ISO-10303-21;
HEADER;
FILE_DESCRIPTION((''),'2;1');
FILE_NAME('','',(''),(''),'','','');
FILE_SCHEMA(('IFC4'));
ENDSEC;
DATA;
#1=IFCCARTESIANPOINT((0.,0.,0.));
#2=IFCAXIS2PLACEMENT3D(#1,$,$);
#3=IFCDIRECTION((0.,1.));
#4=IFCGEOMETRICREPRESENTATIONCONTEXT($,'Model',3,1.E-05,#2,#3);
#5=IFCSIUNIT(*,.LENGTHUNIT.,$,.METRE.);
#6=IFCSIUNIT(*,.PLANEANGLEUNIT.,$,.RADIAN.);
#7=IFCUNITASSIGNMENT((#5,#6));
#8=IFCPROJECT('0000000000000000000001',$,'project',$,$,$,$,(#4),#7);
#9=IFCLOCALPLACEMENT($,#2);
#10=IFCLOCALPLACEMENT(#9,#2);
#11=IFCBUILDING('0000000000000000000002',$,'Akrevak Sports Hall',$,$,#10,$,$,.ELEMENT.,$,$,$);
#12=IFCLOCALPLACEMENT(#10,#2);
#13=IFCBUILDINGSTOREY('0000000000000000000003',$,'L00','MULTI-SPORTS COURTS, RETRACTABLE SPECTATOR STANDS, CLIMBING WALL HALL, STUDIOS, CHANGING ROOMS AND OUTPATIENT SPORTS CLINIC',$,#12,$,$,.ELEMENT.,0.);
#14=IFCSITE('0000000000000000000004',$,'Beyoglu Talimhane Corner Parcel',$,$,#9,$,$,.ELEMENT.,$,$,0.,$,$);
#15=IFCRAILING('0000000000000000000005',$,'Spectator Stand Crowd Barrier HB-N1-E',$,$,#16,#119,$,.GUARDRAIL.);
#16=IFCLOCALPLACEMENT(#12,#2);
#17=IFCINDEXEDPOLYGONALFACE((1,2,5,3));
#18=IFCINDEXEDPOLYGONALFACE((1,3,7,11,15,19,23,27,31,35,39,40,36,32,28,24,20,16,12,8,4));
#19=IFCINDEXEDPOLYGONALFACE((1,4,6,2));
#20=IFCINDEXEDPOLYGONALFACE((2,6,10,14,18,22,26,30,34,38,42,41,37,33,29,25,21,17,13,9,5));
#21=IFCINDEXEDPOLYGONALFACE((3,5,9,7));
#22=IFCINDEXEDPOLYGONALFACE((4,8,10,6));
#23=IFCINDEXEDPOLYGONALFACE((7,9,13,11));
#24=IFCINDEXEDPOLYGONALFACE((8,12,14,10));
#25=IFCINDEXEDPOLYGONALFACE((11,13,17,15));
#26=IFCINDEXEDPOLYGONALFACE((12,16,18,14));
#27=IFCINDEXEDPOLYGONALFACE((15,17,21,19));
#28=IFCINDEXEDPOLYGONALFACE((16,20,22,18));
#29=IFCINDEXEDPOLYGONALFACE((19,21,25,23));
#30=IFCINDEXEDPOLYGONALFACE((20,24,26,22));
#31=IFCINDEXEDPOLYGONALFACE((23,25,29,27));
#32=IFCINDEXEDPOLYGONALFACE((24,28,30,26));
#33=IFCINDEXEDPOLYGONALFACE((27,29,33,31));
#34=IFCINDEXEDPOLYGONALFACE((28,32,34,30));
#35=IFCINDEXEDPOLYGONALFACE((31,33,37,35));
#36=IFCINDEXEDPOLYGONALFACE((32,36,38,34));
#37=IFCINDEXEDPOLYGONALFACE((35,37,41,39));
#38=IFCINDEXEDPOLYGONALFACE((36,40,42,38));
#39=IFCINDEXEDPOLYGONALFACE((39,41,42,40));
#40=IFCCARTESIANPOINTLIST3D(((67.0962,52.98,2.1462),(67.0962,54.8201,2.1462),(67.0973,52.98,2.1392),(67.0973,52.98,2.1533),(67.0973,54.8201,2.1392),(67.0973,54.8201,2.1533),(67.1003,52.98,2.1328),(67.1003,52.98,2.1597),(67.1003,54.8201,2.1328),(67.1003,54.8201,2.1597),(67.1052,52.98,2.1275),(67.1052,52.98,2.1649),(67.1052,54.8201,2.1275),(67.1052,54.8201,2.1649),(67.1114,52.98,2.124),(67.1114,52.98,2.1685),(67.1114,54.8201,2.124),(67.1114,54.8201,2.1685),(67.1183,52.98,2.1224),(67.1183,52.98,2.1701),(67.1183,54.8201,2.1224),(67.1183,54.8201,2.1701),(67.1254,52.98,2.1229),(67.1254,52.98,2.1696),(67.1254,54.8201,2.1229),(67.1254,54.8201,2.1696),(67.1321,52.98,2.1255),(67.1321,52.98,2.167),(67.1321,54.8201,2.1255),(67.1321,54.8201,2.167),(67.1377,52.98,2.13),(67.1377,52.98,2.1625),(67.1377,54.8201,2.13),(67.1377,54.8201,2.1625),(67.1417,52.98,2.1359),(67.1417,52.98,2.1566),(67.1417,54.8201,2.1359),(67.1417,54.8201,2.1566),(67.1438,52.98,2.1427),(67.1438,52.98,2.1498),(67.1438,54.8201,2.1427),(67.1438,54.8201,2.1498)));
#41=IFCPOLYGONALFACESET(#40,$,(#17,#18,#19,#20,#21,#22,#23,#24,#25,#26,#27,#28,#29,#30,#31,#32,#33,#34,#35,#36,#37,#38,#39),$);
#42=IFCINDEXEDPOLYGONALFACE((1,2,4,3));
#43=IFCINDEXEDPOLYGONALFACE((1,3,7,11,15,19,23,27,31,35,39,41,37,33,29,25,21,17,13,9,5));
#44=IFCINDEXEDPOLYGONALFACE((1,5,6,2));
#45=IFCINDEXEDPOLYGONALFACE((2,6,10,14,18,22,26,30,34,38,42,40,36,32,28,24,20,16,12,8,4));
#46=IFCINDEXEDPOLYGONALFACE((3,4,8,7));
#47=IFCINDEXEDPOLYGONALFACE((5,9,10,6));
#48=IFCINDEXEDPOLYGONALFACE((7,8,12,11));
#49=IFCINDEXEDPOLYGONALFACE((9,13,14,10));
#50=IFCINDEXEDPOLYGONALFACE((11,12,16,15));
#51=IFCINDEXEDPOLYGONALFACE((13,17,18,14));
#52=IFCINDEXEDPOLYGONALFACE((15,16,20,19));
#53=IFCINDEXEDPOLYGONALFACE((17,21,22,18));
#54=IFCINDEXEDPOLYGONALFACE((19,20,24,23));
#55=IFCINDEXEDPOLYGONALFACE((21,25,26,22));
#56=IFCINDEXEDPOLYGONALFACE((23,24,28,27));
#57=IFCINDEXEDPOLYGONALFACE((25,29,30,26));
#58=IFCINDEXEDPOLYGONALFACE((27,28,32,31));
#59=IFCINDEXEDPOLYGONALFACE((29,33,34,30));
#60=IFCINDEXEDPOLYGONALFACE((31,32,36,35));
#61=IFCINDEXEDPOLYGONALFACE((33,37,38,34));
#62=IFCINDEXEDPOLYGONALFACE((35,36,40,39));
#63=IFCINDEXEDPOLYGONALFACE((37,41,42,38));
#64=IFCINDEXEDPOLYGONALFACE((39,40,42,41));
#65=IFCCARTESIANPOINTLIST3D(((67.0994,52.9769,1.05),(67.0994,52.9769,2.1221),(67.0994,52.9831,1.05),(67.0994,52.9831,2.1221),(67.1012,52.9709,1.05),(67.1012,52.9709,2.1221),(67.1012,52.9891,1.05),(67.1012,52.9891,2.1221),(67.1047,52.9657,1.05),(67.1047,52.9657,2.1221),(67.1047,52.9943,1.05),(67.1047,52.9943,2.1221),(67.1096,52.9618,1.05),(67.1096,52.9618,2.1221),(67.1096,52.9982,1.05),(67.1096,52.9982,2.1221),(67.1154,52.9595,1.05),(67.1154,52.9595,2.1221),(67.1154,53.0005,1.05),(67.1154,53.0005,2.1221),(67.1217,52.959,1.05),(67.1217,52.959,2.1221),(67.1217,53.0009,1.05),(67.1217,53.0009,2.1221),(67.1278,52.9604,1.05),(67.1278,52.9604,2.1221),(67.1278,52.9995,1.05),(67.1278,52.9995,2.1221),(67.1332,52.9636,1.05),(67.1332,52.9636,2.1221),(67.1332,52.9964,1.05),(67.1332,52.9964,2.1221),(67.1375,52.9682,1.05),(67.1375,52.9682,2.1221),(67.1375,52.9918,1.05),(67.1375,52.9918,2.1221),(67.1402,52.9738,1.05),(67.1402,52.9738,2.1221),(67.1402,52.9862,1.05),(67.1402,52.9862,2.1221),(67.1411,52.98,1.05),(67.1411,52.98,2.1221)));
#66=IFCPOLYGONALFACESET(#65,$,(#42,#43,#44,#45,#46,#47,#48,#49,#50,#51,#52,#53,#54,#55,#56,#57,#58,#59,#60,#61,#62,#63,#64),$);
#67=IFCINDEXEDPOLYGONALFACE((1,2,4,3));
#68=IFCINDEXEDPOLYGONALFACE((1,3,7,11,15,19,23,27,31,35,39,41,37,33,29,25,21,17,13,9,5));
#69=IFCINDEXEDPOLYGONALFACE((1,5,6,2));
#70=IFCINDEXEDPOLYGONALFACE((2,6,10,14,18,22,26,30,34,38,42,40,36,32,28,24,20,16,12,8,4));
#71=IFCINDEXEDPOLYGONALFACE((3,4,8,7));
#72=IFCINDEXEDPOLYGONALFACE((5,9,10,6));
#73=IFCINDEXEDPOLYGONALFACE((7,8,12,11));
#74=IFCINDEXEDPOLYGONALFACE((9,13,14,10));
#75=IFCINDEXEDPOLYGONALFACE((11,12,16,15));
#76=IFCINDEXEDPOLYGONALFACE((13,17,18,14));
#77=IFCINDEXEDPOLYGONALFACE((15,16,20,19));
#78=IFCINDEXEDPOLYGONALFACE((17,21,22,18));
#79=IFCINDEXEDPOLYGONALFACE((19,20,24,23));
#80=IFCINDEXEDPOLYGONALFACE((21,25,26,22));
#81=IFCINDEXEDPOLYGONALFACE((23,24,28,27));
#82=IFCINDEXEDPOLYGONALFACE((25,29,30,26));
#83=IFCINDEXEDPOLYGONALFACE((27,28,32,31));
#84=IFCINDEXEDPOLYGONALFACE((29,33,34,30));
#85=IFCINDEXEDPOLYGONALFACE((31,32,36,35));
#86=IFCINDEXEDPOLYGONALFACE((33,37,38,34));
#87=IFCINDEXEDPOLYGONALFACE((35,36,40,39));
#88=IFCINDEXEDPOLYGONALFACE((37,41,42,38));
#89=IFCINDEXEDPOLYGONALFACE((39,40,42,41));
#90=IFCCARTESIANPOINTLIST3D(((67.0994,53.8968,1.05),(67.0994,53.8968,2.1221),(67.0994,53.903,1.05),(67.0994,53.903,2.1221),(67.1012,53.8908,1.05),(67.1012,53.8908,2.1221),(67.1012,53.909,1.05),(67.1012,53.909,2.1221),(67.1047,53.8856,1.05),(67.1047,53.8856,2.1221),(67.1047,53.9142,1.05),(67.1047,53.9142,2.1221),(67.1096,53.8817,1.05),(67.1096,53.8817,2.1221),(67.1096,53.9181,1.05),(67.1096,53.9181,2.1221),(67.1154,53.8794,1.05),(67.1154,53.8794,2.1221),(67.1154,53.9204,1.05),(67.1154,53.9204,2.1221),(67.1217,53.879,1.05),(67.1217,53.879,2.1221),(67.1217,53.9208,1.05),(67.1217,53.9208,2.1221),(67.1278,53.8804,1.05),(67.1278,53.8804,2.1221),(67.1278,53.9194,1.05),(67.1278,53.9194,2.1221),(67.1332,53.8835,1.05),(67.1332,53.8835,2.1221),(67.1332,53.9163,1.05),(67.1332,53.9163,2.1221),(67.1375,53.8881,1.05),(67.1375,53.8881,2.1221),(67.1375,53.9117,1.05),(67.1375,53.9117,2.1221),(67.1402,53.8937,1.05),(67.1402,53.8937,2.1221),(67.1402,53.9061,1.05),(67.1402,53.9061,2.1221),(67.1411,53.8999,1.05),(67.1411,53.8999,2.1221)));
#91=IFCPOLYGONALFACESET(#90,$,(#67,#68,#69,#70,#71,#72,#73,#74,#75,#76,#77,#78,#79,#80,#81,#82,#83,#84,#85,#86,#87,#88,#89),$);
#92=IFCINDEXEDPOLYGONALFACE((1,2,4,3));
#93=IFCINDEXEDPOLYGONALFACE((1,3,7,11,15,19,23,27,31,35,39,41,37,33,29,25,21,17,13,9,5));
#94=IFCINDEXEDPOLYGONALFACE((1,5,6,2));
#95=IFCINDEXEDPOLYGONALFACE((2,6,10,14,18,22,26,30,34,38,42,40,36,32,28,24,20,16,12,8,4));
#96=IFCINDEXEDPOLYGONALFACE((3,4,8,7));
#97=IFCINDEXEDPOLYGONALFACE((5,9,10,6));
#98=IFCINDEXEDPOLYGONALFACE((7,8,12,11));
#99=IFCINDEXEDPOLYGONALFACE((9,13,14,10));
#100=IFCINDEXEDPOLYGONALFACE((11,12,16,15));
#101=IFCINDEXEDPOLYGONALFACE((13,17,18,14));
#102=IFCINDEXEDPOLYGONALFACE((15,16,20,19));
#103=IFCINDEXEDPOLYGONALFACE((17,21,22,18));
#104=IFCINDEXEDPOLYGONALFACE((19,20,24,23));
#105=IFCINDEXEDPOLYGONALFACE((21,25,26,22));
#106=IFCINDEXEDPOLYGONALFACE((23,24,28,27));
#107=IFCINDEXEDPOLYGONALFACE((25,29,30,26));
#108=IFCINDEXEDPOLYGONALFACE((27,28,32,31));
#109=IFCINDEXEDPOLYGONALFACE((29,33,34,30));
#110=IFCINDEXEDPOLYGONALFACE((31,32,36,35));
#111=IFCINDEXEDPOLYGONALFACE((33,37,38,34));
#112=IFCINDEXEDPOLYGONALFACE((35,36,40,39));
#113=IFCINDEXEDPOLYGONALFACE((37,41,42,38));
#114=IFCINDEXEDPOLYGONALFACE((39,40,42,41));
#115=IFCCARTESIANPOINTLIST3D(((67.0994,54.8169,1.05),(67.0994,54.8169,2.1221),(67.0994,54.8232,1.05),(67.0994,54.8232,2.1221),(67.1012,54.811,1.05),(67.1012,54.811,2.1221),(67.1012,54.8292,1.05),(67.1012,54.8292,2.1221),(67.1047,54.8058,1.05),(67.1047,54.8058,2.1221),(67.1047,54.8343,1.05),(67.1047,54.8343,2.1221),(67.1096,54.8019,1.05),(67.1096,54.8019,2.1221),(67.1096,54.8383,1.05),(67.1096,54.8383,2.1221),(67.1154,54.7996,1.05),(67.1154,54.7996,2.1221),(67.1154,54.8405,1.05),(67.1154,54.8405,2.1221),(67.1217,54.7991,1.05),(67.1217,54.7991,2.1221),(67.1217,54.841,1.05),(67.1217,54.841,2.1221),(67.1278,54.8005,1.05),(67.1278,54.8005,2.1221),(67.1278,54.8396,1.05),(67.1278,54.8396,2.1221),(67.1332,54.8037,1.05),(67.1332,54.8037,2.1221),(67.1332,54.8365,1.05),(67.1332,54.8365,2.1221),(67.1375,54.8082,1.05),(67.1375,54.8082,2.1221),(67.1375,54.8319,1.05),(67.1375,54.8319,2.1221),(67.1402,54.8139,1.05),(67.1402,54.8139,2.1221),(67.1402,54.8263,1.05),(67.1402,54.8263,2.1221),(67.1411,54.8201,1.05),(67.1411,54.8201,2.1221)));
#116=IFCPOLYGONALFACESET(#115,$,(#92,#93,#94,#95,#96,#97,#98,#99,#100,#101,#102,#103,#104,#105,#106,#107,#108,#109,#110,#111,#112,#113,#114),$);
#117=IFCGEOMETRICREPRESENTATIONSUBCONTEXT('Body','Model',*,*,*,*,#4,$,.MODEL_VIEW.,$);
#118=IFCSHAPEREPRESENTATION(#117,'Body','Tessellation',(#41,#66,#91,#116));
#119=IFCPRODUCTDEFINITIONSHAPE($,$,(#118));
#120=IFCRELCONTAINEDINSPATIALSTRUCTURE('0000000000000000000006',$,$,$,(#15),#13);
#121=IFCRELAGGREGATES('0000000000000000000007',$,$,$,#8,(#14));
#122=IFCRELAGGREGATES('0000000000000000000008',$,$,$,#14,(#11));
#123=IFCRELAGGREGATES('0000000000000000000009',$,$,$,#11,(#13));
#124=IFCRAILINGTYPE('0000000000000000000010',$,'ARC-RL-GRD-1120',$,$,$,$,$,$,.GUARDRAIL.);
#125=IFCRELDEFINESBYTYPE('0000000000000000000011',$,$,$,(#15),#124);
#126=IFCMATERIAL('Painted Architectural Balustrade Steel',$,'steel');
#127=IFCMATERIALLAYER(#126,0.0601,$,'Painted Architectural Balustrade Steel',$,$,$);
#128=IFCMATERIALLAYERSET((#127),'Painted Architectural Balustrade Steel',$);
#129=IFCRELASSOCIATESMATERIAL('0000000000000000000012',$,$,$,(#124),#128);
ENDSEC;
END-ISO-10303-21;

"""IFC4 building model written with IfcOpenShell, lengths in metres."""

from ifc_helpers import new_model, si_unit, direction, frame, origin, origin_2d, place, context, subcontext, project, spatial, circle, extrude, material, layer, layer_set, type_object, element, save


model = new_model("IFC4")

# Units and contexts
model_context = context("Model", 3, precision=1e-05, world=origin(), true_north=direction((0.0, 1.0)))
body_context = subcontext(model_context, "Body", "Model", "MODEL_VIEW")
ifc_project = project(units=[si_unit("LENGTHUNIT", "METRE"), si_unit("PLANEANGLEUNIT", "RADIAN")], contexts=[model_context])

# Site, building, storey
site_placement = place(None, origin())
site = spatial("IfcSite", under=ifc_project, at=site_placement, Name="Beyoglu Talimhane Corner Parcel", CompositionType="ELEMENT", RefElevation=0.0)
building_placement = place(site_placement, origin())
building = spatial("IfcBuilding", under=site, at=building_placement, Name="Akrevak Sports Hall", CompositionType="ELEMENT")
storey_placement = place(building_placement, origin())
storey = spatial("IfcBuildingStorey", under=building, at=storey_placement, Name="L00", Description="MULTI-SPORTS COURTS, RETRACTABLE SPECTATOR STANDS, CLIMBING WALL HALL, STUDIOS, CHANGING ROOMS AND OUTPATIENT SPORTS CLINIC", CompositionType="ELEMENT", Elevation=0.0)

# Railing
ifc_material_1 = material(Name="Painted Architectural Balustrade Steel", Category="steel")
ifc_layer_1 = layer(ifc_material_1, 0.0601, Name="Painted Architectural Balustrade Steel")
ifc_layer_set_1 = layer_set([ifc_layer_1], Name="Painted Architectural Balustrade Steel")
railing_type_1 = type_object("IfcRailingType", Name="ARC-RL-GRD-1120", PredefinedType="GUARDRAIL", material=ifc_layer_set_1)
railing_1_placement = place(storey_placement, frame((67.1201, 52.98, 1.05)))
element("IfcRailing", 1, at=railing_1_placement, inside=storey, type_object=railing_type_1, Name="Spectator Stand Crowd Barrier HB-N1-E", PredefinedType="GUARDRAIL", context=body_context, shape_type="SweptSolid", body=[
    extrude(circle(Radius=0.0239, at=origin_2d()), frame((0.0, 0.0, 1.0962), z_axis=(0.0, 1.0, 0.0), x_axis=(-1.0, 0.0, 0.0)), (0.0, 0.0, 1.0), 1.8401),
    extrude(circle(Radius=0.021, at=origin_2d()), origin(), (0.0, 0.0, 1.0), 1.072),
    extrude(circle(Radius=0.021, at=origin_2d()), frame((0.0, 0.9199, 0.0)), (0.0, 0.0, 1.0), 1.072),
    extrude(circle(Radius=0.021, at=origin_2d()), frame((0.0, 1.8401, 0.0)), (0.0, 0.0, 1.0), 1.072),
])

save(model, "model.ifc")
